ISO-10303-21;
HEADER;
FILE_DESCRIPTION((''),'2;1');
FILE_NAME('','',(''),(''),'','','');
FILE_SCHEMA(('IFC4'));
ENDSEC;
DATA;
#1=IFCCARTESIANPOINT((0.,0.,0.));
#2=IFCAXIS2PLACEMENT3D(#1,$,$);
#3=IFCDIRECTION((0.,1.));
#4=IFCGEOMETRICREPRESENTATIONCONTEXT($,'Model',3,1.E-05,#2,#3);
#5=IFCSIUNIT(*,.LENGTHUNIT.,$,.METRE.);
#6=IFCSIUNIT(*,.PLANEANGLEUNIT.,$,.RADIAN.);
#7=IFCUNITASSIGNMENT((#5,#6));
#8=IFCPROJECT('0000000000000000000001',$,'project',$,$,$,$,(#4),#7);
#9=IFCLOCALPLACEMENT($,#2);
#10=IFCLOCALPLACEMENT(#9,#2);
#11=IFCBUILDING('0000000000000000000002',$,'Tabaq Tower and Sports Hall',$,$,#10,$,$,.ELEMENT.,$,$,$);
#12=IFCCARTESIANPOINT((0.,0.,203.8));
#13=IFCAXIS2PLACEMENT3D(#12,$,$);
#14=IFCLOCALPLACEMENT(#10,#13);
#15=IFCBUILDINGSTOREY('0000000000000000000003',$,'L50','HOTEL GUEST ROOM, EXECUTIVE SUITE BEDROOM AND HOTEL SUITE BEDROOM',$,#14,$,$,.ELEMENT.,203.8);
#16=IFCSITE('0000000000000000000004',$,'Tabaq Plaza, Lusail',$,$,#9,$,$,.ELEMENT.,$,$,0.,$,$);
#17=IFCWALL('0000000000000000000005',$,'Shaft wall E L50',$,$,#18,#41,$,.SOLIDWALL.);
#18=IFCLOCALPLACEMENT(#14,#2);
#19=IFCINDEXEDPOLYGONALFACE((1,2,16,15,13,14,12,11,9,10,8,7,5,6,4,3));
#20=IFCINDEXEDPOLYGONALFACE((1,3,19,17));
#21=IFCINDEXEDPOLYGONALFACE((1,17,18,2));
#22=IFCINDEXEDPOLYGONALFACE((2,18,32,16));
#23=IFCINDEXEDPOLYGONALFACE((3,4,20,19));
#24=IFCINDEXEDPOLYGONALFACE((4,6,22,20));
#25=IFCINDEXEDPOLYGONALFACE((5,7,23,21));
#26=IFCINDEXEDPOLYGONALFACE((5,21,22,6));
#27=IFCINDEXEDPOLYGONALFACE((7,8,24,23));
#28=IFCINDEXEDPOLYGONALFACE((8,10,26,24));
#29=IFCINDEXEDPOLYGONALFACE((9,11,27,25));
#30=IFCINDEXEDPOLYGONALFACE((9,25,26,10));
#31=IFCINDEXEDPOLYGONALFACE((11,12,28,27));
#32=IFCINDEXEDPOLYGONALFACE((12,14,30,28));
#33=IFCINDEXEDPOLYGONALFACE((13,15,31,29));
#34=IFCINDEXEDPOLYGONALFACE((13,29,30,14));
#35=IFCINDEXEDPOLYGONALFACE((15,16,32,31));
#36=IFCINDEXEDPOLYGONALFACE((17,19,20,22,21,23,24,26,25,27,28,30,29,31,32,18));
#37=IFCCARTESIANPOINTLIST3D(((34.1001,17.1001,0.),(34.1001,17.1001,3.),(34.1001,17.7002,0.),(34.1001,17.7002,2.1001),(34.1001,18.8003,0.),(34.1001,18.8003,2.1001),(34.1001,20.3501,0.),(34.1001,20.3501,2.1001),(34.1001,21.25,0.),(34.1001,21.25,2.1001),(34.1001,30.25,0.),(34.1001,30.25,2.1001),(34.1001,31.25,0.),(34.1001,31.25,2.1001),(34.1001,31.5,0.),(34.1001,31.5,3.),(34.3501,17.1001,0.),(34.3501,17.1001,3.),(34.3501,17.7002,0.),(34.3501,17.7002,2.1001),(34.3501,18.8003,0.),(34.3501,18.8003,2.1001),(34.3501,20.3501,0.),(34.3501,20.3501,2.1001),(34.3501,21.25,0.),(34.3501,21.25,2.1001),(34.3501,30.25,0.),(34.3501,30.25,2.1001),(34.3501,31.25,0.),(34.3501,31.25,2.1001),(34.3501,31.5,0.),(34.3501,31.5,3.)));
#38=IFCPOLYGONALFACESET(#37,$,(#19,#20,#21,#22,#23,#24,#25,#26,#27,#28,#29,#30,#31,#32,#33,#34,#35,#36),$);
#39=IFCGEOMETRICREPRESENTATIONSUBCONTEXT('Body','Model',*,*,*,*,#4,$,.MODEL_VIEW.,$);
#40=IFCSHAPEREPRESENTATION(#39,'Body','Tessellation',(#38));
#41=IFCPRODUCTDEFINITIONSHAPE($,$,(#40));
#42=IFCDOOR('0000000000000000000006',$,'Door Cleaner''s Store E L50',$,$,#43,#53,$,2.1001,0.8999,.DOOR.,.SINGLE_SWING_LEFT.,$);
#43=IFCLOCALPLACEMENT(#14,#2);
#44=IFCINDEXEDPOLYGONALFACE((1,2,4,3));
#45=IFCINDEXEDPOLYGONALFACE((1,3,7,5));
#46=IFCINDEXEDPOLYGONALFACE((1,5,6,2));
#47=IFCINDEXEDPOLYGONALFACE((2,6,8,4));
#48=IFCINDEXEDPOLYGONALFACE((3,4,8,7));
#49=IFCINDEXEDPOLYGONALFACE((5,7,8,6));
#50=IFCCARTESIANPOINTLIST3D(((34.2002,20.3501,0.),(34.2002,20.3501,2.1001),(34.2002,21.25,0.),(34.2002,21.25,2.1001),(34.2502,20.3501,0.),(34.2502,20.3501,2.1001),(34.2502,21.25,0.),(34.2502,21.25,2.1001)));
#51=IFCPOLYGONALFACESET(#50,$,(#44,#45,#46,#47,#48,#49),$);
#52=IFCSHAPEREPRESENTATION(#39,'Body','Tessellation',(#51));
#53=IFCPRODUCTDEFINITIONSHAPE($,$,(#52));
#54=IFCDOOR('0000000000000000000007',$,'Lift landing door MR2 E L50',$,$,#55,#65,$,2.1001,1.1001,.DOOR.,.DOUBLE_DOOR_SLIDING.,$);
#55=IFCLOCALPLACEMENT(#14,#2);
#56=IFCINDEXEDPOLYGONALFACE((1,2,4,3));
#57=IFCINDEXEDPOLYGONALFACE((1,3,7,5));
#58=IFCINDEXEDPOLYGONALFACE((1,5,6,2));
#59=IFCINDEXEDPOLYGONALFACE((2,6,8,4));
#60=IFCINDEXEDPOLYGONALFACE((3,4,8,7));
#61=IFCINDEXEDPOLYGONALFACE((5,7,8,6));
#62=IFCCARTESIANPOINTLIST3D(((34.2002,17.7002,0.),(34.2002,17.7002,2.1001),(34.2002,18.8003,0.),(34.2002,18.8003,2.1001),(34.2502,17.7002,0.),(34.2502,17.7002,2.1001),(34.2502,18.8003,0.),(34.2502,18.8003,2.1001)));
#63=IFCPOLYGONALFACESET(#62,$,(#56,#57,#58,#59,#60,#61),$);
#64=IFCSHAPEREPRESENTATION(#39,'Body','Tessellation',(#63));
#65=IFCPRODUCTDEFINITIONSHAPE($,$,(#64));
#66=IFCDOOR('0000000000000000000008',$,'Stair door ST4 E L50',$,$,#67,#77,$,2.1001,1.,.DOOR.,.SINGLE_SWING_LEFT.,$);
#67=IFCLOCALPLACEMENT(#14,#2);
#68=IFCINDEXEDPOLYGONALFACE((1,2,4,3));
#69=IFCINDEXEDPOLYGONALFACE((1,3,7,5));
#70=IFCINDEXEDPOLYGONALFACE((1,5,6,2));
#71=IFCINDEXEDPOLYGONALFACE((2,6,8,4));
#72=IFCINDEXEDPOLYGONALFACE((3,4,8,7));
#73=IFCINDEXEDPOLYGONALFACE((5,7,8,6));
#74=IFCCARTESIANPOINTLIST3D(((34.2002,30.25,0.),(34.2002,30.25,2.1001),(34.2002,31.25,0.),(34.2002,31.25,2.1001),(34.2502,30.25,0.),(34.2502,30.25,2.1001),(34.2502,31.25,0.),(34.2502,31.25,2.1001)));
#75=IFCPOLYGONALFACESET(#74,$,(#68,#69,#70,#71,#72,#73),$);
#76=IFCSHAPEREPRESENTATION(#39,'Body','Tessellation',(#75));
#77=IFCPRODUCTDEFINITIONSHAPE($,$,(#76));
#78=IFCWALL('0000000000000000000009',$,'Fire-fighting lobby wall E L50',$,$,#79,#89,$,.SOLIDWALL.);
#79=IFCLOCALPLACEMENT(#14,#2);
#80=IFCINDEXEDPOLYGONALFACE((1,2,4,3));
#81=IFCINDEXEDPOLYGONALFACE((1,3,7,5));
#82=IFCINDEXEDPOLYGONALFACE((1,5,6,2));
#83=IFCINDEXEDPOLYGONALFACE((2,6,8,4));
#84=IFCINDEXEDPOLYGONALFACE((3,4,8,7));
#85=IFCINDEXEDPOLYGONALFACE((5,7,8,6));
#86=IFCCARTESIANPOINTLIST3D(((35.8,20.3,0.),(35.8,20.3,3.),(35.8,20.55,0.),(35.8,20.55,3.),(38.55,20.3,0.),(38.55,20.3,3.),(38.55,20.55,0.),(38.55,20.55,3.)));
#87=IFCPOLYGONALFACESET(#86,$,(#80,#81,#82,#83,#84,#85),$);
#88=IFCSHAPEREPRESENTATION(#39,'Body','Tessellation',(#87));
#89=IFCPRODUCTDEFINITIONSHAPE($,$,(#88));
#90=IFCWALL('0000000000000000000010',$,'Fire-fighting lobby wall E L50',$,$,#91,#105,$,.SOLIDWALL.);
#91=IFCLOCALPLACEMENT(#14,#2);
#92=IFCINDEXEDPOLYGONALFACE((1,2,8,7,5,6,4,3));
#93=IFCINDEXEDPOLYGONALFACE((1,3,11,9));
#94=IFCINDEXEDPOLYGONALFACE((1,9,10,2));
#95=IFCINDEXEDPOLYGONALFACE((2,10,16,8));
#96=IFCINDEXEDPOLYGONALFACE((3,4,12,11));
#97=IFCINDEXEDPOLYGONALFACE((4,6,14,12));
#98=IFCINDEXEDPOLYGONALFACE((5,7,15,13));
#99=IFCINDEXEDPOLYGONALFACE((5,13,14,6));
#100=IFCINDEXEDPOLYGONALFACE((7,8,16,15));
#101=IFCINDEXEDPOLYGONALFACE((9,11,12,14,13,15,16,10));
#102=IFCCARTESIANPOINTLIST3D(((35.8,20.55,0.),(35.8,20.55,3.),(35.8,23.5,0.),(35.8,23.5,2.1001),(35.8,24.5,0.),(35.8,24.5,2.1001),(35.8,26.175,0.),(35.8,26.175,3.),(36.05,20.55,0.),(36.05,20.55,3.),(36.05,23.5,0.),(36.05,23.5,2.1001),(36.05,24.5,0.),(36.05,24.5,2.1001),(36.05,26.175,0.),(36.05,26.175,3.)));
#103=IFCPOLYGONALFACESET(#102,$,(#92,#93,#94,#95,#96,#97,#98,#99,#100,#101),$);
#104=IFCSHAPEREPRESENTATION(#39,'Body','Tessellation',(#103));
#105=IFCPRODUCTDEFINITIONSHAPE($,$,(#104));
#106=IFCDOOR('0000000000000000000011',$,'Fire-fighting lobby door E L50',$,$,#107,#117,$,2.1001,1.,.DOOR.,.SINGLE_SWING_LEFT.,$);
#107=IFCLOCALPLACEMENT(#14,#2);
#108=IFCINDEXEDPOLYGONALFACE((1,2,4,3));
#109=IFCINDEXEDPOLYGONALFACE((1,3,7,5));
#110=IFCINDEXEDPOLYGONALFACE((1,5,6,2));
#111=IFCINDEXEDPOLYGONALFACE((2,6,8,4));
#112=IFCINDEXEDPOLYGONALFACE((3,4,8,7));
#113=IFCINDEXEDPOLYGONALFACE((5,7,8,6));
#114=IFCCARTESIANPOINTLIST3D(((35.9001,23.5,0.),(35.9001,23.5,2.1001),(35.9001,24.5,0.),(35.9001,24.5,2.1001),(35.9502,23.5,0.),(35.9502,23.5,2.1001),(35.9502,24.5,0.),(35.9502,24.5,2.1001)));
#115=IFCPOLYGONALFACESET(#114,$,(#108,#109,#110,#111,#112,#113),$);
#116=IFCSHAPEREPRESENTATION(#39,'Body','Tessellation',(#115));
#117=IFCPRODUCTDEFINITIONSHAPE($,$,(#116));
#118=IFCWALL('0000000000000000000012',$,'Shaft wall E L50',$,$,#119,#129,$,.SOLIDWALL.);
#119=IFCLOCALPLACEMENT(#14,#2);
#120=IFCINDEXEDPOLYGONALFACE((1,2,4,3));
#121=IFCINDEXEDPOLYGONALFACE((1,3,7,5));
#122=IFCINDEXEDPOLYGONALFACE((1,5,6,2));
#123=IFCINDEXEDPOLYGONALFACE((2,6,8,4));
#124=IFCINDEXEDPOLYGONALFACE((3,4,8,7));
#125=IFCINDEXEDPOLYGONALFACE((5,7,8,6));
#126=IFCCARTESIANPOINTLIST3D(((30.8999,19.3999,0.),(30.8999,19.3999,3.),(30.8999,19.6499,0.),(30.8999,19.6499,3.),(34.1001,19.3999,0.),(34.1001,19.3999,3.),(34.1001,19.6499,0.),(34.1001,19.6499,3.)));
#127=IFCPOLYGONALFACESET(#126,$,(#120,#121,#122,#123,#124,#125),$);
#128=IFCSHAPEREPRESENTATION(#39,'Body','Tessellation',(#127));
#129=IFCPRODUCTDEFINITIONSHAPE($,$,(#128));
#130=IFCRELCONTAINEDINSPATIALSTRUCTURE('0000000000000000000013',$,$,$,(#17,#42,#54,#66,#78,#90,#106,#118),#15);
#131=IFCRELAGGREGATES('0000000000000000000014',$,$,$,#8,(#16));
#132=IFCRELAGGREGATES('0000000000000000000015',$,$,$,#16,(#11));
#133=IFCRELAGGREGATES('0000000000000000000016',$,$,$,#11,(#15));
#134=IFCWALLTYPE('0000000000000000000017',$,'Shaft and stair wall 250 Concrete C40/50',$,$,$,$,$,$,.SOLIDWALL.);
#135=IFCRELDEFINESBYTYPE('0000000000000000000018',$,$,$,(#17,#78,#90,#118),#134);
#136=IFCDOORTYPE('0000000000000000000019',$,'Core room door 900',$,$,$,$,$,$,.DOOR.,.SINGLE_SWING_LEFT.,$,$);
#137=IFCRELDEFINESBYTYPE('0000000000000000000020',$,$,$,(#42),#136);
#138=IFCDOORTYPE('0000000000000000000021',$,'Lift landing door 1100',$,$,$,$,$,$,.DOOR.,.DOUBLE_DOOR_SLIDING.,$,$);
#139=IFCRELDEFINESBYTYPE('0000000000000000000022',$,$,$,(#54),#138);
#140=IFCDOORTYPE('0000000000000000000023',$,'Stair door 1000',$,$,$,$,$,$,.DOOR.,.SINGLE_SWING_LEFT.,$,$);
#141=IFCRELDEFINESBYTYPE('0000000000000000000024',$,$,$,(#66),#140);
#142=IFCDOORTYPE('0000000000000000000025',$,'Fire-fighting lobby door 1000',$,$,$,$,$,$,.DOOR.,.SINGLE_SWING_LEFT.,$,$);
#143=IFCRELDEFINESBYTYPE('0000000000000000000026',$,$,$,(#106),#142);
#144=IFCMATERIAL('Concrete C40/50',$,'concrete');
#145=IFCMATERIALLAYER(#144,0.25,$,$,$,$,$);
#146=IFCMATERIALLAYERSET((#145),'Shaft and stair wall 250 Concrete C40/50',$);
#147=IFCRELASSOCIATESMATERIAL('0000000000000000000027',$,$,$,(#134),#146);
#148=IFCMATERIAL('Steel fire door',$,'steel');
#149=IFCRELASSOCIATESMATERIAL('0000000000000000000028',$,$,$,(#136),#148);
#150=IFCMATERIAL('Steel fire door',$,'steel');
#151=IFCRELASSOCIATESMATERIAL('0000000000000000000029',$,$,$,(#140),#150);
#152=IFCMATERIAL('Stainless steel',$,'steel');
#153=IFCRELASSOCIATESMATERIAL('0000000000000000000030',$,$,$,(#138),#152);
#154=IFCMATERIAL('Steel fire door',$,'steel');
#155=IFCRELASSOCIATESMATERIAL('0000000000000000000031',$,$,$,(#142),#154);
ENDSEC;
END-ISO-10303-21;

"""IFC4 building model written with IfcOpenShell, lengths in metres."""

from ifc_helpers import new_model, si_unit, direction, frame, frame_2d, origin, place, context, subcontext, project, spatial, rectangle, extrude, material, layer, layer_set, type_object, element, fill, save


model = new_model("IFC4")

# Units and contexts
model_context = context("Model", 3, precision=1e-05, world=origin(), true_north=direction((0.0, 1.0)))
body_context = subcontext(model_context, "Body", "Model", "MODEL_VIEW")
ifc_project = project(units=[si_unit("LENGTHUNIT", "METRE"), si_unit("PLANEANGLEUNIT", "RADIAN")], contexts=[model_context])

# Site, building, storey
site_placement = place(None, origin())
site = spatial("IfcSite", under=ifc_project, at=site_placement, Name="Tabaq Plaza, Lusail", CompositionType="ELEMENT", RefElevation=0.0)
building_placement = place(site_placement, origin())
building = spatial("IfcBuilding", under=site, at=building_placement, Name="Tabaq Tower and Sports Hall", CompositionType="ELEMENT")
storey_placement = place(building_placement, frame((0.0, 0.0, 203.8)))
storey = spatial("IfcBuildingStorey", under=building, at=storey_placement, Name="L50", Description="HOTEL GUEST ROOM, EXECUTIVE SUITE BEDROOM AND HOTEL SUITE BEDROOM", CompositionType="ELEMENT", Elevation=203.8)

# Wall, openings, doors
ifc_material_1 = material(Name="Concrete C40/50", Category="concrete")
ifc_layer_1 = layer(ifc_material_1, 0.25)
ifc_layer_set_1 = layer_set([ifc_layer_1], Name="Shaft and stair wall 250 Concrete C40/50")
wall_type_1 = type_object("IfcWallType", Name="Shaft and stair wall 250 Concrete C40/50", PredefinedType="SOLIDWALL", material=ifc_layer_set_1)
ifc_material_2 = material(Name="Steel fire door", Category="steel")
door_type_1 = type_object("IfcDoorType", Name="Core room door 900", OperationType="SINGLE_SWING_LEFT", PredefinedType="DOOR", material=ifc_material_2)
ifc_material_3 = material(Name="Steel fire door", Category="steel")
door_type_2 = type_object("IfcDoorType", Name="Stair door 1000", OperationType="SINGLE_SWING_LEFT", PredefinedType="DOOR", material=ifc_material_3)
wall_1_placement = place(storey_placement, frame((34.2251, 17.1001, 0.0), z_axis=(0.0, 0.0, 1.0), x_axis=(0.0, 1.0, 0.0)))
wall_1 = element("IfcWall", 1, at=wall_1_placement, inside=storey, type_object=wall_type_1, Name="Shaft wall E L50", PredefinedType="SOLIDWALL", context=body_context, shape_type="SweptSolid", body=[
    extrude(rectangle(XDim=14.3999, YDim=0.25, at=frame_2d((7.2, 0.0))), origin(), (0.0, 0.0, 1.0), 3.0),
])
opening_1_placement = place(wall_1_placement, frame((13.1499, 0.0, 0.0)))
opening_1 = element("IfcOpeningElement", 2, at=opening_1_placement, cuts=wall_1, PredefinedType="OPENING", context=body_context, shape_type="SweptSolid", body=[
    extrude(rectangle(XDim=1.0, YDim=2.1001, at=frame_2d((0.5, 1.05))), frame((0.0, 0.125, 0.0), z_axis=(0.0, -1.0, 0.0), x_axis=(1.0, 0.0, 0.0)), (0.0, 0.0, 1.0), 0.25),
])
opening_2_placement = place(wall_1_placement, frame((0.6001, 0.0, 0.0)))
opening_2 = element("IfcOpeningElement", 3, at=opening_2_placement, cuts=wall_1, PredefinedType="OPENING", context=body_context, shape_type="SweptSolid", body=[
    extrude(rectangle(XDim=1.1001, YDim=2.1001, at=frame_2d((0.55, 1.05))), frame((0.0, 0.125, 0.0), z_axis=(0.0, -1.0, 0.0), x_axis=(1.0, 0.0, 0.0)), (0.0, 0.0, 1.0), 0.25),
])
opening_3_placement = place(wall_1_placement, frame((3.25, 0.0, 0.0)))
opening_3 = element("IfcOpeningElement", 4, at=opening_3_placement, cuts=wall_1, PredefinedType="OPENING", context=body_context, shape_type="SweptSolid", body=[
    extrude(rectangle(XDim=0.8999, YDim=2.1001, at=frame_2d((0.45, 1.05))), frame((0.0, 0.125, 0.0), z_axis=(0.0, -1.0, 0.0), x_axis=(1.0, 0.0, 0.0)), (0.0, 0.0, 1.0), 0.25),
])
door_1_placement = place(opening_3_placement, origin())
door_1 = element("IfcDoor", 5, at=door_1_placement, inside=storey, type_object=door_type_1, Name="Door Cleaner's Store E L50", OperationType="SINGLE_SWING_LEFT", OverallHeight=2.1001, OverallWidth=0.8999, PredefinedType="DOOR", context=body_context, shape_type="SweptSolid", body=[
    extrude(rectangle(XDim=0.8999, YDim=2.1001, at=frame_2d((0.45, 1.05))), frame((0.0, 0.0249, 0.0), z_axis=(0.0, -1.0, 0.0), x_axis=(1.0, 0.0, 0.0)), (0.0, 0.0, 1.0), 0.05),
])
fill(opening_3, door_1)
ifc_material_4 = material(Name="Stainless steel", Category="steel")
door_type_3 = type_object("IfcDoorType", Name="Lift landing door 1100", OperationType="DOUBLE_DOOR_SLIDING", PredefinedType="DOOR", material=ifc_material_4)
door_2_placement = place(opening_2_placement, origin())
door_2 = element("IfcDoor", 6, at=door_2_placement, inside=storey, type_object=door_type_3, Name="Lift landing door MR2 E L50", OperationType="DOUBLE_DOOR_SLIDING", OverallHeight=2.1001, OverallWidth=1.1001, PredefinedType="DOOR", context=body_context, shape_type="SweptSolid", body=[
    extrude(rectangle(XDim=1.1001, YDim=2.1001, at=frame_2d((0.55, 1.05))), frame((0.0, 0.0249, 0.0), z_axis=(0.0, -1.0, 0.0), x_axis=(1.0, 0.0, 0.0)), (0.0, 0.0, 1.0), 0.05),
])
fill(opening_2, door_2)
door_3_placement = place(opening_1_placement, origin())
door_3 = element("IfcDoor", 7, at=door_3_placement, inside=storey, type_object=door_type_2, Name="Stair door ST4 E L50", OperationType="SINGLE_SWING_LEFT", OverallHeight=2.1001, OverallWidth=1.0, PredefinedType="DOOR", context=body_context, shape_type="SweptSolid", body=[
    extrude(rectangle(XDim=1.0, YDim=2.1001, at=frame_2d((0.5, 1.05))), frame((0.0, 0.0249, 0.0), z_axis=(0.0, -1.0, 0.0), x_axis=(1.0, 0.0, 0.0)), (0.0, 0.0, 1.0), 0.05),
])
fill(opening_1, door_3)

# Wall
wall_2_placement = place(storey_placement, frame((35.8, 20.425, 0.0), z_axis=(0.0, 0.0, 1.0), x_axis=(1.0, 0.0, 0.0)))
element("IfcWall", 8, at=wall_2_placement, inside=storey, type_object=wall_type_1, Name="Fire-fighting lobby wall E L50", PredefinedType="SOLIDWALL", context=body_context, shape_type="SweptSolid", body=[
    extrude(rectangle(XDim=2.75, YDim=0.25, at=frame_2d((1.375, 0.0))), origin(), (0.0, 0.0, 1.0), 3.0),
])

# Wall, opening, door
wall_3_placement = place(storey_placement, frame((35.925, 20.55, 0.0), z_axis=(0.0, 0.0, 1.0), x_axis=(0.0, 1.0, 0.0)))
wall_3 = element("IfcWall", 9, at=wall_3_placement, inside=storey, type_object=wall_type_1, Name="Fire-fighting lobby wall E L50", PredefinedType="SOLIDWALL", context=body_context, shape_type="SweptSolid", body=[
    extrude(rectangle(XDim=5.625, YDim=0.25, at=frame_2d((2.8125, 0.0))), origin(), (0.0, 0.0, 1.0), 3.0),
])
opening_4_placement = place(wall_3_placement, frame((2.95, 0.0, 0.0)))
opening_4 = element("IfcOpeningElement", 10, at=opening_4_placement, cuts=wall_3, PredefinedType="OPENING", context=body_context, shape_type="SweptSolid", body=[
    extrude(rectangle(XDim=1.0, YDim=2.1001, at=frame_2d((0.5, 1.05))), frame((0.0, 0.125, 0.0), z_axis=(0.0, -1.0, 0.0), x_axis=(1.0, 0.0, 0.0)), (0.0, 0.0, 1.0), 0.25),
])
ifc_material_5 = material(Name="Steel fire door", Category="steel")
door_type_4 = type_object("IfcDoorType", Name="Fire-fighting lobby door 1000", OperationType="SINGLE_SWING_LEFT", PredefinedType="DOOR", material=ifc_material_5)
door_4_placement = place(opening_4_placement, origin())
door_4 = element("IfcDoor", 11, at=door_4_placement, inside=storey, type_object=door_type_4, Name="Fire-fighting lobby door E L50", OperationType="SINGLE_SWING_LEFT", OverallHeight=2.1001, OverallWidth=1.0, PredefinedType="DOOR", context=body_context, shape_type="SweptSolid", body=[
    extrude(rectangle(XDim=1.0, YDim=2.1001, at=frame_2d((0.5, 1.05))), frame((0.0, 0.0249, 0.0), z_axis=(0.0, -1.0, 0.0), x_axis=(1.0, 0.0, 0.0)), (0.0, 0.0, 1.0), 0.05),
])
fill(opening_4, door_4)

# Wall
wall_4_placement = place(storey_placement, frame((30.8999, 19.5249, 0.0), z_axis=(0.0, 0.0, 1.0), x_axis=(1.0, 0.0, 0.0)))
element("IfcWall", 12, at=wall_4_placement, inside=storey, type_object=wall_type_1, Name="Shaft wall E L50", PredefinedType="SOLIDWALL", context=body_context, shape_type="SweptSolid", body=[
    extrude(rectangle(XDim=3.2002, YDim=0.25, at=frame_2d((1.6001, 0.0))), origin(), (0.0, 0.0, 1.0), 3.0),
])

save(model, "model.ifc")
